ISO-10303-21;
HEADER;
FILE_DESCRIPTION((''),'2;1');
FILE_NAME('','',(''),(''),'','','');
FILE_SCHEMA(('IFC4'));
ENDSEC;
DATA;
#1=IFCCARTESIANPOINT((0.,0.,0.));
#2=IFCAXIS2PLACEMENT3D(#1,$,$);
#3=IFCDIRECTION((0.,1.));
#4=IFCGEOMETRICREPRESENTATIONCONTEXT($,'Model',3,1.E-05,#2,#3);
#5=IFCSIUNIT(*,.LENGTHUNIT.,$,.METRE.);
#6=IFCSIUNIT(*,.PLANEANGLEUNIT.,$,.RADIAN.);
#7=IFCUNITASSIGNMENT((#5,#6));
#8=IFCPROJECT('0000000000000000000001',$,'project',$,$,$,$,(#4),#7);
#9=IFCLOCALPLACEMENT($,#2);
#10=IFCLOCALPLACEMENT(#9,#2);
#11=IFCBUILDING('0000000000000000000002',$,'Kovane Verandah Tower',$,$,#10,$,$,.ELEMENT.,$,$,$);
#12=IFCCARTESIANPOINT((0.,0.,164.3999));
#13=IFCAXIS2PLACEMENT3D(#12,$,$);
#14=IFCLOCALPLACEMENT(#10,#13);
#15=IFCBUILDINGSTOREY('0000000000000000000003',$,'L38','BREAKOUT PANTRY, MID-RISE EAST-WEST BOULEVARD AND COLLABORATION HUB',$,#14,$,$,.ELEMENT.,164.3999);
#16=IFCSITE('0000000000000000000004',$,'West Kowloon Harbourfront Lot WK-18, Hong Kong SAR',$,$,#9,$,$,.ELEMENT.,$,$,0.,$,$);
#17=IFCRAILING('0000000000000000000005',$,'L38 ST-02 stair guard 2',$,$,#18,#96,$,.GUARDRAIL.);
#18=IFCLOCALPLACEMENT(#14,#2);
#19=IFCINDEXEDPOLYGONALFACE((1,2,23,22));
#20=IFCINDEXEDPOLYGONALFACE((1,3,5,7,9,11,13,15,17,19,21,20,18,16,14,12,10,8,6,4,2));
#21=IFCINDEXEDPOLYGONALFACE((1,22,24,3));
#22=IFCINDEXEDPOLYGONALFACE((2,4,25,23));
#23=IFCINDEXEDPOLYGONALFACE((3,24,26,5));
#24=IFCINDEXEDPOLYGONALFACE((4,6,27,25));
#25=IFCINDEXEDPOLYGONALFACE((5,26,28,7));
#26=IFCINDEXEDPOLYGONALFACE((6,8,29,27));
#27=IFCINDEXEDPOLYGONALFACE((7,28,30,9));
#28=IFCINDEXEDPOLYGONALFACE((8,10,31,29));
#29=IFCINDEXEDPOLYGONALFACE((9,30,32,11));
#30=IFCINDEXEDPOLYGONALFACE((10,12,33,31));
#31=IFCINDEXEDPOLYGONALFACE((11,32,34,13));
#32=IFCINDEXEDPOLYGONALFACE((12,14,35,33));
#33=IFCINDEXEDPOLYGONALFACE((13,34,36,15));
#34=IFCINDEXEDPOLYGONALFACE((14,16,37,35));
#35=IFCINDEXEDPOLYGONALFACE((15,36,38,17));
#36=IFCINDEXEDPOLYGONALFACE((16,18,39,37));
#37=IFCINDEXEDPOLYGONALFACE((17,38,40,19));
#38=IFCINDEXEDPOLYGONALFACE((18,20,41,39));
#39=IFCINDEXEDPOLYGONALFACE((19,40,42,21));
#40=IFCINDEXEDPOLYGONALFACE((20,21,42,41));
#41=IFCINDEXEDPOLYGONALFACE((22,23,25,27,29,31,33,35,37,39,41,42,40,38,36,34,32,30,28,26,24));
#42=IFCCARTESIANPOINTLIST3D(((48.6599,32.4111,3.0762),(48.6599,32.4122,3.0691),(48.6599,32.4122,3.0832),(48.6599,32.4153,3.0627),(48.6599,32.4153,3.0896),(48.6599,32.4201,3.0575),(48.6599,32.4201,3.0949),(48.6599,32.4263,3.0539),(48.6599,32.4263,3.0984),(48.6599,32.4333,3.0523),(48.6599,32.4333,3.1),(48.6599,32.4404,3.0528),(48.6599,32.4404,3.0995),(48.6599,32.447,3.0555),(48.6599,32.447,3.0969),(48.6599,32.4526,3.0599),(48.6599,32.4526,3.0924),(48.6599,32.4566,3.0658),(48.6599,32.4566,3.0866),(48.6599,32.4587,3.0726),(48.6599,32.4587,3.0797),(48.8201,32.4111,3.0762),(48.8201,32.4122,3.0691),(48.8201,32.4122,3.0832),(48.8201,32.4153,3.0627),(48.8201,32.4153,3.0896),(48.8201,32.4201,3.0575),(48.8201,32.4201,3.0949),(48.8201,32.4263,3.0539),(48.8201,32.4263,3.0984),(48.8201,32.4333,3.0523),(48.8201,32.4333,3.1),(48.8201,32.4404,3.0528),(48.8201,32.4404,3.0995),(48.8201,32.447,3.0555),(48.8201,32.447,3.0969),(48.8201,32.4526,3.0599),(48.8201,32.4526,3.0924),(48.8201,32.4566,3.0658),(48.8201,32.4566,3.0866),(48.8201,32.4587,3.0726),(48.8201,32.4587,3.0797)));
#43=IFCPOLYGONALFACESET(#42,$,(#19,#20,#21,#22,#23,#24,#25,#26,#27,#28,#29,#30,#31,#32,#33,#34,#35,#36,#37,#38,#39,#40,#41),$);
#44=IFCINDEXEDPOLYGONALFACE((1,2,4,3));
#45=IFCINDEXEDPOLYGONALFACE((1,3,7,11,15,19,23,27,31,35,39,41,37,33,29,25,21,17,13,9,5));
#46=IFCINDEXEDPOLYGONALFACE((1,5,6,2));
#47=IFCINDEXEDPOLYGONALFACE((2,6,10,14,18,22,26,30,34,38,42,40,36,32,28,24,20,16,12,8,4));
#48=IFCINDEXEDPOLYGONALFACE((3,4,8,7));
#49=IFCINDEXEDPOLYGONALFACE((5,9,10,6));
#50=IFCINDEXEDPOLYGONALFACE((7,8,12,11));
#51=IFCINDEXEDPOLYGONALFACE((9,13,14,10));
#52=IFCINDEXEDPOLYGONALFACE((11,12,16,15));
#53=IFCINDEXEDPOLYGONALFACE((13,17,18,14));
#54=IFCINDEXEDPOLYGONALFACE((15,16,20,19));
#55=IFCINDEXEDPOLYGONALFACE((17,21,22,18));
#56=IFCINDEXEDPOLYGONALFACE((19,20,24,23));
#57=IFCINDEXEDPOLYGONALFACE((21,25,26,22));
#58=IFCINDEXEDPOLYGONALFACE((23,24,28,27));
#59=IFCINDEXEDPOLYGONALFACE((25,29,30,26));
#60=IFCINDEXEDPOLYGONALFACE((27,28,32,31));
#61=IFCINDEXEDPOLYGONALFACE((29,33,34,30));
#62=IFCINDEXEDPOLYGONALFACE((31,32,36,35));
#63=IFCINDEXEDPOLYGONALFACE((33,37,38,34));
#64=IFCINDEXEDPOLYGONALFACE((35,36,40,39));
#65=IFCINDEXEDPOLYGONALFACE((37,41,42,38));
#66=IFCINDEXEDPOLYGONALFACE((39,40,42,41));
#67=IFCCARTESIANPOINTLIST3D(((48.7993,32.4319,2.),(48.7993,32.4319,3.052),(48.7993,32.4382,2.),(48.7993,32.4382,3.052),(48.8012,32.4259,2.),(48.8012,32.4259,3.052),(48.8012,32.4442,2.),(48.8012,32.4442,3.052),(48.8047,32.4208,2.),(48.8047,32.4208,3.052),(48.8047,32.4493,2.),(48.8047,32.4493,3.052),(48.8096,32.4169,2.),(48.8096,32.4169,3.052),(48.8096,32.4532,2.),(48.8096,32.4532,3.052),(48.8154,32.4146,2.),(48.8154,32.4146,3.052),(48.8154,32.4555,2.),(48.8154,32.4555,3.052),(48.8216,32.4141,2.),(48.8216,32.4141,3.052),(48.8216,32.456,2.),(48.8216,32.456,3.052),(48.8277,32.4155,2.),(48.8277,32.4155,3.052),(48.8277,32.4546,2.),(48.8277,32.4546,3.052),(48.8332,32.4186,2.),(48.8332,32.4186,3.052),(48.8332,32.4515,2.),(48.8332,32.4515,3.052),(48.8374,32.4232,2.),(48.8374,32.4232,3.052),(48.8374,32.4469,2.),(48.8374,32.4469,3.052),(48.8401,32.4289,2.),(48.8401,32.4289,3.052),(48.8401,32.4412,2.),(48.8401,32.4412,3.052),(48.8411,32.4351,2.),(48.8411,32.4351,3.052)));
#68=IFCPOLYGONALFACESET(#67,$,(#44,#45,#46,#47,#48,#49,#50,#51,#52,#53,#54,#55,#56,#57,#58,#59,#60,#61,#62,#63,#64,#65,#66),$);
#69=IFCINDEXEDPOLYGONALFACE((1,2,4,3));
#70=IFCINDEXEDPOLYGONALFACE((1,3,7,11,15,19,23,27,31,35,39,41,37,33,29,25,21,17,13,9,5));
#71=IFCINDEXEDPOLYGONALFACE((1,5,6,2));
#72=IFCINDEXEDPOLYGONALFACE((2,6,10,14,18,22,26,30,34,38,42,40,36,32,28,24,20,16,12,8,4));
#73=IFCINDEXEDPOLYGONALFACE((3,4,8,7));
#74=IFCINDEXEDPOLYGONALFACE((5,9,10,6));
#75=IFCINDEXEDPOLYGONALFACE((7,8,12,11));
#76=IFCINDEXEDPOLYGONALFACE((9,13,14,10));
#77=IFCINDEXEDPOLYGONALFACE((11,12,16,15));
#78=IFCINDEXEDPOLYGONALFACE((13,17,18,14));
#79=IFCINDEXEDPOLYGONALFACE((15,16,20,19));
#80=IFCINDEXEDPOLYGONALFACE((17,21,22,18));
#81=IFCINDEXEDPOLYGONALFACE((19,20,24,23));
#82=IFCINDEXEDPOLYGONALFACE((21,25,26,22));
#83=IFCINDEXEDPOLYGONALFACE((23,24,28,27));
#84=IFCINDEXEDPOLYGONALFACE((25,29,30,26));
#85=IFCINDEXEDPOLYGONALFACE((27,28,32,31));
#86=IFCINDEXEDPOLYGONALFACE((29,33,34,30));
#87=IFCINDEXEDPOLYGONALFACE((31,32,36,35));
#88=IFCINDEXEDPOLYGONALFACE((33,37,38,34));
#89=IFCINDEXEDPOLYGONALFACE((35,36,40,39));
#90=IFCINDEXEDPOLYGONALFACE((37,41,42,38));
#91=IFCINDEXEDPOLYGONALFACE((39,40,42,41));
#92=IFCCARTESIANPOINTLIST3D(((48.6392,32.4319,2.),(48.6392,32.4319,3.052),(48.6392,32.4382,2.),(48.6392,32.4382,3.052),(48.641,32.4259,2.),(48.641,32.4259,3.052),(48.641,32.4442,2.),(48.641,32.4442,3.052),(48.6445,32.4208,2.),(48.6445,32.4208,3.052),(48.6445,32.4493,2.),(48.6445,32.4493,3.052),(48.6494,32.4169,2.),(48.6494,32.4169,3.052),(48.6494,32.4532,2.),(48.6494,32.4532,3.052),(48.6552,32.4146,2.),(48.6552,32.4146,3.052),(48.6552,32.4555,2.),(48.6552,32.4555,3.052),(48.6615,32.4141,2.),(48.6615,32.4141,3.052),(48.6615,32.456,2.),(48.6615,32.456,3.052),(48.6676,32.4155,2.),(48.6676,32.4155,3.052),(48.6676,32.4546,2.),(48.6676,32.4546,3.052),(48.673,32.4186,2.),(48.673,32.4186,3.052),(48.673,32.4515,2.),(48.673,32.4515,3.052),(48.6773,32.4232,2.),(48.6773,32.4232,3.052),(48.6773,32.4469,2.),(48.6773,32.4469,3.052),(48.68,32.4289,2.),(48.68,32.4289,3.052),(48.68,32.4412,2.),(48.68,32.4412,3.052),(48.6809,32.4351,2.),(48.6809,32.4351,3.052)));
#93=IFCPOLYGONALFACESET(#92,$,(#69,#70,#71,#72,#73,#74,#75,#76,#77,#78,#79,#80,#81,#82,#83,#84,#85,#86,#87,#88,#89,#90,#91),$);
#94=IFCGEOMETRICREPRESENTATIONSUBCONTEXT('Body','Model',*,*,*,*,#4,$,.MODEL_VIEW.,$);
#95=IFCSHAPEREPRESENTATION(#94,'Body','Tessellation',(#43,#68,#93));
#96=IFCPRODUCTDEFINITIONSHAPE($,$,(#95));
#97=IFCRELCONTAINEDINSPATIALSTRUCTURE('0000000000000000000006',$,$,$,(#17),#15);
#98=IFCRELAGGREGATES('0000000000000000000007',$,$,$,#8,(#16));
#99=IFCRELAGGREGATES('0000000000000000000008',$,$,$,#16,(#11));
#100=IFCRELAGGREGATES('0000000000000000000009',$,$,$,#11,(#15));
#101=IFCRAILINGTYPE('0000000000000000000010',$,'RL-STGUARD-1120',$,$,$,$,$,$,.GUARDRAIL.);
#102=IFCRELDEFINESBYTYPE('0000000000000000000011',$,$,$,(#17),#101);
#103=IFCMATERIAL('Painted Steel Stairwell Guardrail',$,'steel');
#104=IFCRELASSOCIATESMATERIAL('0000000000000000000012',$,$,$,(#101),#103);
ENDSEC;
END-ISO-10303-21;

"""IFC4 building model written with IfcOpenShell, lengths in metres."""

from ifc_helpers import new_model, si_unit, direction, frame, origin, origin_2d, place, context, subcontext, project, spatial, circle, extrude, material, type_object, element, save


model = new_model("IFC4")

# Units and contexts
model_context = context("Model", 3, precision=1e-05, world=origin(), true_north=direction((0.0, 1.0)))
body_context = subcontext(model_context, "Body", "Model", "MODEL_VIEW")
ifc_project = project(units=[si_unit("LENGTHUNIT", "METRE"), si_unit("PLANEANGLEUNIT", "RADIAN")], contexts=[model_context])

# Site, building, storey
site_placement = place(None, origin())
site = spatial("IfcSite", under=ifc_project, at=site_placement, Name="West Kowloon Harbourfront Lot WK-18, Hong Kong SAR", CompositionType="ELEMENT", RefElevation=0.0)
building_placement = place(site_placement, origin())
building = spatial("IfcBuilding", under=site, at=building_placement, Name="Kovane Verandah Tower", CompositionType="ELEMENT")
storey_placement = place(building_placement, frame((0.0, 0.0, 164.3999)))
storey = spatial("IfcBuildingStorey", under=building, at=storey_placement, Name="L38", Description="BREAKOUT PANTRY, MID-RISE EAST-WEST BOULEVARD AND COLLABORATION HUB", CompositionType="ELEMENT", Elevation=164.3999)

# Railing
ifc_material_1 = material(Name="Painted Steel Stairwell Guardrail", Category="steel")
railing_type_1 = type_object("IfcRailingType", Name="RL-STGUARD-1120", PredefinedType="GUARDRAIL", material=ifc_material_1)
railing_1_placement = place(storey_placement, frame((48.8201, 32.4351, 2.0)))
element("IfcRailing", 1, at=railing_1_placement, inside=storey, type_object=railing_type_1, Name="L38 ST-02 stair guard 2", PredefinedType="GUARDRAIL", context=body_context, shape_type="SweptSolid", body=[
    extrude(circle(Radius=0.0239, at=origin_2d()), frame((0.0, 0.0, 1.0762), z_axis=(-1.0, 0.0, 0.0), x_axis=(0.0, -1.0, 0.0)), (0.0, 0.0, 1.0), 0.1602),
    extrude(circle(Radius=0.021, at=origin_2d()), origin(), (0.0, 0.0, 1.0), 1.052),
    extrude(circle(Radius=0.021, at=origin_2d()), frame((-0.1602, 0.0, 0.0)), (0.0, 0.0, 1.0), 1.052),
])

save(model, "model.ifc")
